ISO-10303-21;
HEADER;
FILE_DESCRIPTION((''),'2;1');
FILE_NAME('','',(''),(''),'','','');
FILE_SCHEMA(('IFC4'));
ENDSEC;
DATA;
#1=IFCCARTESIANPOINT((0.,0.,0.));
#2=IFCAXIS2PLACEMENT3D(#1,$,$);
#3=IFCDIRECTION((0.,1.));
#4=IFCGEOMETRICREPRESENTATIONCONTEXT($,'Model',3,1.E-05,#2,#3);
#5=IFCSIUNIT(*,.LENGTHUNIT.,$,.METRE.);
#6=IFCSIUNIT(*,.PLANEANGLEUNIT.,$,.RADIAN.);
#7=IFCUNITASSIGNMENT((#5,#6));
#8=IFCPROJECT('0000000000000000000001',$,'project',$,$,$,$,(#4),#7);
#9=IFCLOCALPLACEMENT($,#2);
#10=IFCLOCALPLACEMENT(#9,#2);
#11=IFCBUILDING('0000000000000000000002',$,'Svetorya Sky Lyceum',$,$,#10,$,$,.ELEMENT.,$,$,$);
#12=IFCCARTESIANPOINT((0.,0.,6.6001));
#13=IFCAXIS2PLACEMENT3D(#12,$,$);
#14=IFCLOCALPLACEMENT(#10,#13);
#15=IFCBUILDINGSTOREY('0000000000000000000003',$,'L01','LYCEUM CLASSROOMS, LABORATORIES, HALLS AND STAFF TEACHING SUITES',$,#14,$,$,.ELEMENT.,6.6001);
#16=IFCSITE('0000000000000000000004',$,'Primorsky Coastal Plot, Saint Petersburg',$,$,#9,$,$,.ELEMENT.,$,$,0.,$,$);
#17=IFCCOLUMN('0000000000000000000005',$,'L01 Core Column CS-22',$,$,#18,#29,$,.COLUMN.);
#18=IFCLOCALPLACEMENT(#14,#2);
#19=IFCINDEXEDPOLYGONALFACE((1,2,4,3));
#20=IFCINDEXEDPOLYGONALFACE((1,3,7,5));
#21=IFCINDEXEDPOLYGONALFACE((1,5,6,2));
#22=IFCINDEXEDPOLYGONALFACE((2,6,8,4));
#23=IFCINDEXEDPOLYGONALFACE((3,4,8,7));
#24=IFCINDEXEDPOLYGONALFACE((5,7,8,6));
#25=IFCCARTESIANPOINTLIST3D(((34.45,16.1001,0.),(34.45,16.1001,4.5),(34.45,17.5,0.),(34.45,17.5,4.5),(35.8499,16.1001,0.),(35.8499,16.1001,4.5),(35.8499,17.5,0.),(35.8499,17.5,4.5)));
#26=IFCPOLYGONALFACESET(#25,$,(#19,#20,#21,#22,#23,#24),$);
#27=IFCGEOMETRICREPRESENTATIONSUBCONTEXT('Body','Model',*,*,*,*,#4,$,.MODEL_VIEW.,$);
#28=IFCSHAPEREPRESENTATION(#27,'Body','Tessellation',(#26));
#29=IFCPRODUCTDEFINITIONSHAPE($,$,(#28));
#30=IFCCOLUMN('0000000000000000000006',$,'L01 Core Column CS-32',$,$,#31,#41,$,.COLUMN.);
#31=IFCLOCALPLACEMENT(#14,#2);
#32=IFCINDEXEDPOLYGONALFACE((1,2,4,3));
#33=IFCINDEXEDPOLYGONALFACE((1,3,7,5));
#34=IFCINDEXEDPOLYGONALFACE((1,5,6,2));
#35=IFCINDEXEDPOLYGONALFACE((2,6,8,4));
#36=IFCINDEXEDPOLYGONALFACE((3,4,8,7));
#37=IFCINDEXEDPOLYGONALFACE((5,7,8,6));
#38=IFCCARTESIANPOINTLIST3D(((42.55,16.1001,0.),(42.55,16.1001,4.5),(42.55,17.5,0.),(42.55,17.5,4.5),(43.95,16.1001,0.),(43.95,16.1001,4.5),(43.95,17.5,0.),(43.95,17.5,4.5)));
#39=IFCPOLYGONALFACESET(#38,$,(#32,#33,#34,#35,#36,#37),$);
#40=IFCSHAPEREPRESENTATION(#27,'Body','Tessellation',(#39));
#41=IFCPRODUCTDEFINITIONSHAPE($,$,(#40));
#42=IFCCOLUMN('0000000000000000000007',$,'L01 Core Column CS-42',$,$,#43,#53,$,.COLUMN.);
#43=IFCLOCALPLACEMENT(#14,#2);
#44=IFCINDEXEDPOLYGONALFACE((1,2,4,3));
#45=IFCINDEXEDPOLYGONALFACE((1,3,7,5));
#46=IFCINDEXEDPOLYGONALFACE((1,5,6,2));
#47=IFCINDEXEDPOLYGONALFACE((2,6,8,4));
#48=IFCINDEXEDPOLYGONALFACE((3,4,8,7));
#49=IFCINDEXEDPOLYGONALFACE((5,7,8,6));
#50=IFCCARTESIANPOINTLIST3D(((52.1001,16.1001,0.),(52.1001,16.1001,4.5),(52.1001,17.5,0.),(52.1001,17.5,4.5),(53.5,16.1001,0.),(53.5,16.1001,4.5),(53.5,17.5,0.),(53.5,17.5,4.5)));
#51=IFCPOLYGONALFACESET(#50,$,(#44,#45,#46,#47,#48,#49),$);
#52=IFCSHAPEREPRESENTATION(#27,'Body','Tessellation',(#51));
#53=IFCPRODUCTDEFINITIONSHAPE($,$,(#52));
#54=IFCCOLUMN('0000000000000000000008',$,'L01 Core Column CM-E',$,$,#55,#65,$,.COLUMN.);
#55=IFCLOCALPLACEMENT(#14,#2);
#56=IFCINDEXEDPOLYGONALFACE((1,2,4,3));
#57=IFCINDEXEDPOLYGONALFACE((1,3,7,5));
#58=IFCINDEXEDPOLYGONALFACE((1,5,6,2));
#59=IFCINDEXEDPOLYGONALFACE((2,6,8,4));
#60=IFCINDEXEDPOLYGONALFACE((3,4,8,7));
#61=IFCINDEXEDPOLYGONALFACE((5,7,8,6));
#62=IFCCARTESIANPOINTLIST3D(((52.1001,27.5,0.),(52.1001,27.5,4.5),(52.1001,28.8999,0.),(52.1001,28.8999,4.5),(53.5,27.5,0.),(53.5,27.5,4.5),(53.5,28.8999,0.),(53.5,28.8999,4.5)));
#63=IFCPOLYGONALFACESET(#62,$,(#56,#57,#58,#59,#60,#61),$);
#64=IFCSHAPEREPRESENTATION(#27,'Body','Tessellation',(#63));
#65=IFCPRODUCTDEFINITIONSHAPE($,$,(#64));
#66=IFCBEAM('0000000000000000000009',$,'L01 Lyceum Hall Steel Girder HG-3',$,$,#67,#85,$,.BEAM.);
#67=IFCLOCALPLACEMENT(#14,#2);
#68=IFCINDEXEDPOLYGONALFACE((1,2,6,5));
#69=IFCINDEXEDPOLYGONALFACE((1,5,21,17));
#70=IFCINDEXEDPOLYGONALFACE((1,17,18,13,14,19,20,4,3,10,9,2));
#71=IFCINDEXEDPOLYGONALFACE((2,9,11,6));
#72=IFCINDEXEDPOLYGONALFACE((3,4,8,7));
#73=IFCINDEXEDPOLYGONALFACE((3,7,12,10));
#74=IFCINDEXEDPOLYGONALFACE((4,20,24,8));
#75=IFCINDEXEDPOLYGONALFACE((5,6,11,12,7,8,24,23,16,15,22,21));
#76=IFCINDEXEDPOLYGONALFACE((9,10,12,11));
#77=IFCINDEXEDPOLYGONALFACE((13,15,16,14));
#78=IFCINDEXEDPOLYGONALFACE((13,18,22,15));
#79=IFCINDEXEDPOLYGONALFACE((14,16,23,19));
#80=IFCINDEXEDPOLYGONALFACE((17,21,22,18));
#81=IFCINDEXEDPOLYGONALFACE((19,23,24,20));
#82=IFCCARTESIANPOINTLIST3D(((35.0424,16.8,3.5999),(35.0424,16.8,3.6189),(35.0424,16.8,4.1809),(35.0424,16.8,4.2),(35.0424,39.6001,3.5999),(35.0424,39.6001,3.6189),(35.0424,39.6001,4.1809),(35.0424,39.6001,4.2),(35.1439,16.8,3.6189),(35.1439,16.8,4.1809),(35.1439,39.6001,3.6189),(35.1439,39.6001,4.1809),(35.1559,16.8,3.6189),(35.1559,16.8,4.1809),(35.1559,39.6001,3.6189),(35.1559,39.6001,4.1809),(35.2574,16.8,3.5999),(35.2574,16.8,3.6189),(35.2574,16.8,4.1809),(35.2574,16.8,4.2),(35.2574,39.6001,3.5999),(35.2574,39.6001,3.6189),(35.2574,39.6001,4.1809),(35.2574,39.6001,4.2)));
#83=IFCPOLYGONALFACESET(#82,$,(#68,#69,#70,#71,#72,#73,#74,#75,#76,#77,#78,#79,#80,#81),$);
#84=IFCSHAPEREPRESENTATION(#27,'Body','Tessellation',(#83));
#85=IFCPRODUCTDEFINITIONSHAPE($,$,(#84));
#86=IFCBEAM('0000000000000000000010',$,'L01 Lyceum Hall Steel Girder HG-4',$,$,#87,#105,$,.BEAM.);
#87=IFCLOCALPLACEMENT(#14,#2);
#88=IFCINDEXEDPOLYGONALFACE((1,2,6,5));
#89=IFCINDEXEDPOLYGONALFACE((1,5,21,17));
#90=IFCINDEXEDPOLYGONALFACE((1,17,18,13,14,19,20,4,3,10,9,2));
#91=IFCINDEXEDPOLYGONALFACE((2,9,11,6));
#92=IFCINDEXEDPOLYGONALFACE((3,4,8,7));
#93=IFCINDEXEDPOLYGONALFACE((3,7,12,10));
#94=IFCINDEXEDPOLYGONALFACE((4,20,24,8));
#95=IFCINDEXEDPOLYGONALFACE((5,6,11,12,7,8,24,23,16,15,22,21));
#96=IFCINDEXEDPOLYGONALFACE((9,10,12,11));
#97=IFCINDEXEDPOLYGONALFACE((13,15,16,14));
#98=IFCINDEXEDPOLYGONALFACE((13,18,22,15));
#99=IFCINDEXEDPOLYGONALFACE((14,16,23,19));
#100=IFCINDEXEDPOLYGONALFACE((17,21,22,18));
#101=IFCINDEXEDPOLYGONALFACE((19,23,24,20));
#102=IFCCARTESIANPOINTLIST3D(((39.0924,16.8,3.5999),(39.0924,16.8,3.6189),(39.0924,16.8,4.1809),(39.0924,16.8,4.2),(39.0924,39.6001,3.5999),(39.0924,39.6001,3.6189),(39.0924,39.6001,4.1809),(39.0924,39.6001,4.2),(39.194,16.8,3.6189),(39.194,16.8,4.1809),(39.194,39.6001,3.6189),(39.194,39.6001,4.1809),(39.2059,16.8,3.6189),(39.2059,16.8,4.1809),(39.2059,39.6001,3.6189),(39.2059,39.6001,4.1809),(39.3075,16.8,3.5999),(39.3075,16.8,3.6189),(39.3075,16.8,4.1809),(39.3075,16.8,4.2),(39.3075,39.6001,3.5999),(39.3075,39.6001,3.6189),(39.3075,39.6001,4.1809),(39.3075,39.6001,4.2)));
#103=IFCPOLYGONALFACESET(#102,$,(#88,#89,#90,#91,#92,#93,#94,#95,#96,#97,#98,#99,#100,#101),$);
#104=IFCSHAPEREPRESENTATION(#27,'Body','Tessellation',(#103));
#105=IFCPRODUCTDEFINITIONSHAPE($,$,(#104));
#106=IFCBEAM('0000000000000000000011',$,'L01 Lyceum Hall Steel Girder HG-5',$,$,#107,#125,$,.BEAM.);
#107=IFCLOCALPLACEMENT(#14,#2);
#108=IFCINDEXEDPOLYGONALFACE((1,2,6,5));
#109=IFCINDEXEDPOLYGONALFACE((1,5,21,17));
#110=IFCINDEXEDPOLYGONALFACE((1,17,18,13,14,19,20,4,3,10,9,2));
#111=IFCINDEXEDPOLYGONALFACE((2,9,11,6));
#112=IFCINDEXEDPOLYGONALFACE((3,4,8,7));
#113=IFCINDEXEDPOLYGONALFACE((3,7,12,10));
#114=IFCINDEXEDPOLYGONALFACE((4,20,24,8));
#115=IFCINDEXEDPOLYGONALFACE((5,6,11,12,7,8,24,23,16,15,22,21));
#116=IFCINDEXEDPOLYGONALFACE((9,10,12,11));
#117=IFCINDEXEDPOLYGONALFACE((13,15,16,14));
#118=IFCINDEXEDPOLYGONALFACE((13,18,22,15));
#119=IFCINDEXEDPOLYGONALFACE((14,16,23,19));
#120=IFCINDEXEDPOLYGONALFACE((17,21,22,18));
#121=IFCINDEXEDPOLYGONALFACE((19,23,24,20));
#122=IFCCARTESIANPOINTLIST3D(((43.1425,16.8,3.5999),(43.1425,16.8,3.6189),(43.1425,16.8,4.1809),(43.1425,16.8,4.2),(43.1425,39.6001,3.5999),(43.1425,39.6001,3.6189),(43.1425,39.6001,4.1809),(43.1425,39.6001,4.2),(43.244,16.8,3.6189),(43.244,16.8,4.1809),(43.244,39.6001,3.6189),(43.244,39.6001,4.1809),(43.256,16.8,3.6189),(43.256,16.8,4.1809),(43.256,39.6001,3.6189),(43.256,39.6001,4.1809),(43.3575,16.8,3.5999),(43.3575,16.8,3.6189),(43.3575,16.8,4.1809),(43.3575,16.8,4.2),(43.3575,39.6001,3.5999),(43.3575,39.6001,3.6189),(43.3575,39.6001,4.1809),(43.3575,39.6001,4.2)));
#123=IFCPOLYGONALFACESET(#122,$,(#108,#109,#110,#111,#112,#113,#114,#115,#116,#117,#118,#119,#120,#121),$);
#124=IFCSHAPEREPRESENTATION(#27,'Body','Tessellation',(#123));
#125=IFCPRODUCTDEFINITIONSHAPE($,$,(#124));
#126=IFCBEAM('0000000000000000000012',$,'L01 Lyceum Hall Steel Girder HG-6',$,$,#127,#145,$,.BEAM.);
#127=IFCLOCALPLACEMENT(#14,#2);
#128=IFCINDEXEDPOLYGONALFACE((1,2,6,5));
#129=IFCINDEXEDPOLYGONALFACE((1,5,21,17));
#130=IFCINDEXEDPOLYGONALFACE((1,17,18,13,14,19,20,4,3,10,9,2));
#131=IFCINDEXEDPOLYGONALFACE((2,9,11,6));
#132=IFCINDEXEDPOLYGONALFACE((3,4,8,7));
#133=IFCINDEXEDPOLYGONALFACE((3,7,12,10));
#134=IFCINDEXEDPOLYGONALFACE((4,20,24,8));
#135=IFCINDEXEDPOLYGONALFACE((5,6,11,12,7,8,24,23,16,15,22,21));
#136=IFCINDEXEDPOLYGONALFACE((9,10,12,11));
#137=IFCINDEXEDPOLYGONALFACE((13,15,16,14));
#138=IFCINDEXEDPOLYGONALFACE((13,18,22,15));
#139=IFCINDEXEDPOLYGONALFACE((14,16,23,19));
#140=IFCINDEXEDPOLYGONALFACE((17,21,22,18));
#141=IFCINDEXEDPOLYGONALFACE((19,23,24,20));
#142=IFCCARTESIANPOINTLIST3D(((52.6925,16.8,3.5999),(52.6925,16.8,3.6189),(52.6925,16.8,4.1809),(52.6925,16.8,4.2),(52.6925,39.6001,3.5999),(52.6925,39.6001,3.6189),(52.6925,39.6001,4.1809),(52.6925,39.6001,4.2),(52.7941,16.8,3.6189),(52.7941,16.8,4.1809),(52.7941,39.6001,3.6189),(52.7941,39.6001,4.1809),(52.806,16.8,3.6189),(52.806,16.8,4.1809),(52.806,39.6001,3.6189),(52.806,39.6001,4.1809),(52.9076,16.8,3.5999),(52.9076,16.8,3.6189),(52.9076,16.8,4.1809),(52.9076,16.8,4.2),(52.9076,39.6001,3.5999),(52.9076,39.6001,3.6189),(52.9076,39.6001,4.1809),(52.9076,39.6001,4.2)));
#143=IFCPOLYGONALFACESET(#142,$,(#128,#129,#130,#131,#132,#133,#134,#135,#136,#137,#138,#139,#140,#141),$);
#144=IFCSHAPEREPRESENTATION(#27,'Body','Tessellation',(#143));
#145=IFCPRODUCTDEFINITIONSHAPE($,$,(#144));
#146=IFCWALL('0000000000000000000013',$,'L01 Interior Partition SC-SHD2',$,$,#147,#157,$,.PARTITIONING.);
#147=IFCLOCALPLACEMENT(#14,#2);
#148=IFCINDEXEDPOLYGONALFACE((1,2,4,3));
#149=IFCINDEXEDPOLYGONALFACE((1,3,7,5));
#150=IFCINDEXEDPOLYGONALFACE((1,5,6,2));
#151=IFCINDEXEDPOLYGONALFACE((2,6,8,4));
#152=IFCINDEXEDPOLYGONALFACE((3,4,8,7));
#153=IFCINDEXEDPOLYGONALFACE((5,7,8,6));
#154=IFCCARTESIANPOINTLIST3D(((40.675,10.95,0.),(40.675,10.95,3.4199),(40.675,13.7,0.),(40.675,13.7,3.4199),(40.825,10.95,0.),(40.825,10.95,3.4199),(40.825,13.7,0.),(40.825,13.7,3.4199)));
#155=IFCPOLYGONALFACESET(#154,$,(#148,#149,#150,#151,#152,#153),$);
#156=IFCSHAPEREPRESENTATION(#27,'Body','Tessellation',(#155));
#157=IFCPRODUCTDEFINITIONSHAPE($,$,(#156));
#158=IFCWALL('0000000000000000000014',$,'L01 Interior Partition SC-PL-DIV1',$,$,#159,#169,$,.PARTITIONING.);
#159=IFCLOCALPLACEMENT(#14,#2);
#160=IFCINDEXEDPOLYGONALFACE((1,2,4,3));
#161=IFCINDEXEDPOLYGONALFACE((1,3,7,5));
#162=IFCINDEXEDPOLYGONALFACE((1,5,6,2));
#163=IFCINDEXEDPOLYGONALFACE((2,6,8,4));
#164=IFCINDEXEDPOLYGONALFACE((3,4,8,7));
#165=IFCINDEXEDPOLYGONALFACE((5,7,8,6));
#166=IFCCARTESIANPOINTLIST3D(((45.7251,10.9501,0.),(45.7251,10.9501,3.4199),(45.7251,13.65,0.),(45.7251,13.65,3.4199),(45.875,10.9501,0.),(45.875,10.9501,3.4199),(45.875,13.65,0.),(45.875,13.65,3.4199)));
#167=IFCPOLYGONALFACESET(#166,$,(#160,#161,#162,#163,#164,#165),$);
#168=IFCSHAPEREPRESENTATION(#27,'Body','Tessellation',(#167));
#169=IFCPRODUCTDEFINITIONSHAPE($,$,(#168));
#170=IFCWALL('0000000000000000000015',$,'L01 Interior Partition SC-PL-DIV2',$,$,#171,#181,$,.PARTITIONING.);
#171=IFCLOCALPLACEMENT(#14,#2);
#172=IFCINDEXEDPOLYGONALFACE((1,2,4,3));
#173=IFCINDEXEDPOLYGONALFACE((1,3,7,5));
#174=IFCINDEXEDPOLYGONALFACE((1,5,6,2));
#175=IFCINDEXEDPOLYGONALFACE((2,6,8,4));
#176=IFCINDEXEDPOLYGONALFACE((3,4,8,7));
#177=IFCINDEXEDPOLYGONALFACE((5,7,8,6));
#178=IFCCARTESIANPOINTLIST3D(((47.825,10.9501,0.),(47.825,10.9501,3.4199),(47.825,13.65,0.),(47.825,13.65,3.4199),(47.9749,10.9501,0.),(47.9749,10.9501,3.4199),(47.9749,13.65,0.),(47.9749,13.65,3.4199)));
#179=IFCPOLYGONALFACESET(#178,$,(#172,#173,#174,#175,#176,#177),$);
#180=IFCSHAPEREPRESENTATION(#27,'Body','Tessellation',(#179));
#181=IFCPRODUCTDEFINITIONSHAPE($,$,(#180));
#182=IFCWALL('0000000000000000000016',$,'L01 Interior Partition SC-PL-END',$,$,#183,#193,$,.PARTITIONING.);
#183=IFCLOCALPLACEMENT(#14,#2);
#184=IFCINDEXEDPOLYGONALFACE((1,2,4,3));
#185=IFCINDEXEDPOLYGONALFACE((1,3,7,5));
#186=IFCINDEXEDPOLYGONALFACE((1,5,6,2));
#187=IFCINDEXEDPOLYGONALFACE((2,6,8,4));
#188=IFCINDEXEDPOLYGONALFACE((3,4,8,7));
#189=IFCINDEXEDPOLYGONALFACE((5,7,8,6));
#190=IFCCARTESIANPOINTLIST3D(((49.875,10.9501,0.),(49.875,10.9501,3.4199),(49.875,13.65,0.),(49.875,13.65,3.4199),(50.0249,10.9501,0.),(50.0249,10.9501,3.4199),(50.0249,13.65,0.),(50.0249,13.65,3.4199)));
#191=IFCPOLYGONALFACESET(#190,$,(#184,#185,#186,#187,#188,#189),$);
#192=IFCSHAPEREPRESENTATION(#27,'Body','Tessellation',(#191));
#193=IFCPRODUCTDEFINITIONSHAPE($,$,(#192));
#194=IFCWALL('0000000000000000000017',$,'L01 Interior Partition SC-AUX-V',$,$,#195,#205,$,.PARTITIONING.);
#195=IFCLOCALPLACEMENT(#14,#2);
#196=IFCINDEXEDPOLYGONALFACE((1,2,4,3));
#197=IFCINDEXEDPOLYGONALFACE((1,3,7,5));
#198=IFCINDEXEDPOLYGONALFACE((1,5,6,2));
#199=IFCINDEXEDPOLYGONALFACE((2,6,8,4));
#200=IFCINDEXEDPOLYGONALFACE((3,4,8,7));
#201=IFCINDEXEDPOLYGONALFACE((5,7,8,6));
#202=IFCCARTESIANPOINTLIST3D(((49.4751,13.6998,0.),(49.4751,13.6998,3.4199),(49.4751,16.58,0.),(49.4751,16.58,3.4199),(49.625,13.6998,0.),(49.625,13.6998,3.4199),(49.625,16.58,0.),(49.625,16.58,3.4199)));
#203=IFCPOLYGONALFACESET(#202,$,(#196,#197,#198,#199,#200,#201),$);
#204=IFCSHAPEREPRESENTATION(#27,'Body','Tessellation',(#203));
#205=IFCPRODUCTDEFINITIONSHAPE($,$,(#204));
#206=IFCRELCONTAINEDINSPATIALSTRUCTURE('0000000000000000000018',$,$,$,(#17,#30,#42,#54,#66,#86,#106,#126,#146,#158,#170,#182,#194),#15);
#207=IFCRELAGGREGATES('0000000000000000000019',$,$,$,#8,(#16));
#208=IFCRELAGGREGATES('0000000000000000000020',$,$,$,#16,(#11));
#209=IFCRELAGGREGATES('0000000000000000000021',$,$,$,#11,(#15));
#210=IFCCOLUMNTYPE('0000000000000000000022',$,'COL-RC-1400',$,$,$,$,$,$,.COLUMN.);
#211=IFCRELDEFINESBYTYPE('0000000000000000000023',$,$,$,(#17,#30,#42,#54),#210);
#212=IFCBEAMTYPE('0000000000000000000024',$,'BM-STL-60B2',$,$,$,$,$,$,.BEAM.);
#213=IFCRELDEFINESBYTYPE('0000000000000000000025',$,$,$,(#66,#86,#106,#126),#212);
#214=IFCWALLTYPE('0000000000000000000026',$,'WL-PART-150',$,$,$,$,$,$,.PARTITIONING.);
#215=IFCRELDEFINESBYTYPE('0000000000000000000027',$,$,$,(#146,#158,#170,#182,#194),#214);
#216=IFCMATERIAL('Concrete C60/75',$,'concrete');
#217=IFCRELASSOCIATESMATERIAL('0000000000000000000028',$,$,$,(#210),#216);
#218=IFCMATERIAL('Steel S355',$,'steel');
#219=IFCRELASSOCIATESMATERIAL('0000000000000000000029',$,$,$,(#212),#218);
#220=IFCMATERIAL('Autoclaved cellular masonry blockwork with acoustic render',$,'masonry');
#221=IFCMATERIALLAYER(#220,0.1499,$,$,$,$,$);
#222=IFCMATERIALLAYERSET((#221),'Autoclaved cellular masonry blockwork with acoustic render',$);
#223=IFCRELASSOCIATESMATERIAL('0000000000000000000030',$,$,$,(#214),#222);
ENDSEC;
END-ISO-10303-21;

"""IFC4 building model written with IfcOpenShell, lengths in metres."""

from ifc_helpers import new_model, si_unit, direction, frame, frame_2d, origin, origin_2d, place, context, subcontext, project, spatial, rectangle, i_section, extrude, material, layer, layer_set, material_profile, profile_set, type_object, element, save


model = new_model("IFC4")

# Units and contexts
model_context = context("Model", 3, precision=1e-05, world=origin(), true_north=direction((0.0, 1.0)))
body_context = subcontext(model_context, "Body", "Model", "MODEL_VIEW")
ifc_project = project(units=[si_unit("LENGTHUNIT", "METRE"), si_unit("PLANEANGLEUNIT", "RADIAN")], contexts=[model_context])

# Site, building, storey
site_placement = place(None, origin())
site = spatial("IfcSite", under=ifc_project, at=site_placement, Name="Primorsky Coastal Plot, Saint Petersburg", CompositionType="ELEMENT", RefElevation=0.0)
building_placement = place(site_placement, origin())
building = spatial("IfcBuilding", under=site, at=building_placement, Name="Svetorya Sky Lyceum", CompositionType="ELEMENT")
storey_placement = place(building_placement, frame((0.0, 0.0, 6.6001)))
storey = spatial("IfcBuildingStorey", under=building, at=storey_placement, Name="L01", Description="LYCEUM CLASSROOMS, LABORATORIES, HALLS AND STAFF TEACHING SUITES", CompositionType="ELEMENT", Elevation=6.6001)

# Columns
ifc_material_1 = material(Name="Concrete C60/75", Category="concrete")
ifc_material_profile_1 = material_profile(ifc_material_1, rectangle(XDim=1.3999, YDim=1.3999, at=origin_2d()), Name="RC COL 1400x1400")
ifc_profile_set_1 = profile_set([ifc_material_profile_1], Name="Concrete C60/75")
column_type = type_object("IfcColumnType", Name="COL-RC-1400", PredefinedType="COLUMN", material=ifc_profile_set_1)
for number, where, z_axis, x_axis, name in (
    (1, (35.1499, 16.8, 0.0), (0.0, 0.0, 1.0), (1.0, 0.0, 0.0), "L01 Core Column CS-22"),
    (2, (43.25, 16.8, 0.0), (0.0, 0.0, 1.0), (1.0, 0.0, 0.0), "L01 Core Column CS-32"),
    (3, (52.8, 16.8, 0.0), (0.0, 0.0, 1.0), (1.0, 0.0, 0.0), "L01 Core Column CS-42"),
    (4, (52.8, 28.2, 0.0), (0.0, 0.0, 1.0), (1.0, 0.0, 0.0), "L01 Core Column CM-E"),
):
    element("IfcColumn", number, at=place(storey_placement, frame(where, z_axis=z_axis, x_axis=x_axis)), inside=storey, type_object=column_type, Name=name, PredefinedType="COLUMN", context=body_context, shape_type="SweptSolid", body=[
        extrude(rectangle(XDim=1.3999, YDim=1.3999, at=origin_2d()), origin(), (0.0, 0.0, 1.0), 4.5),
    ])

# Beams
ifc_material_2 = material(Name="Steel S355", Category="steel")
ifc_material_profile_2 = material_profile(ifc_material_2, i_section(OverallWidth=0.2151, OverallDepth=0.6001, WebThickness=0.012, FlangeThickness=0.019, at=origin_2d()), Name="GOST 60B2")
ifc_profile_set_2 = profile_set([ifc_material_profile_2], Name="Steel S355")
beam_type = type_object("IfcBeamType", Name="BM-STL-60B2", PredefinedType="BEAM", material=ifc_profile_set_2)
for number, where, z_axis, x_axis, name in (
    (5, (35.1499, 16.8, 3.8999), (0.0, 1.0, 0.0), (-1.0, 0.0, 0.0), "L01 Lyceum Hall Steel Girder HG-3"),
    (6, (39.2, 16.8, 3.8999), (0.0, 1.0, 0.0), (-1.0, 0.0, 0.0), "L01 Lyceum Hall Steel Girder HG-4"),
    (7, (43.25, 16.8, 3.8999), (0.0, 1.0, 0.0), (-1.0, 0.0, 0.0), "L01 Lyceum Hall Steel Girder HG-5"),
    (8, (52.8, 16.8, 3.8999), (0.0, 1.0, 0.0), (-1.0, 0.0, 0.0), "L01 Lyceum Hall Steel Girder HG-6"),
):
    element("IfcBeam", number, at=place(storey_placement, frame(where, z_axis=z_axis, x_axis=x_axis)), inside=storey, type_object=beam_type, Name=name, PredefinedType="BEAM", context=body_context, shape_type="SweptSolid", body=[
        extrude(i_section(OverallWidth=0.2151, OverallDepth=0.6001, WebThickness=0.012, FlangeThickness=0.019, at=origin_2d()), origin(), (0.0, 0.0, 1.0), 22.8),
    ])

# Walls
ifc_material_3 = material(Name="Autoclaved cellular masonry blockwork with acoustic render", Category="masonry")
ifc_layer_1 = layer(ifc_material_3, 0.1499)
ifc_layer_set_1 = layer_set([ifc_layer_1], Name="Autoclaved cellular masonry blockwork with acoustic render")
wall_type_1 = type_object("IfcWallType", Name="WL-PART-150", PredefinedType="PARTITIONING", material=ifc_layer_set_1)
wall_1_placement = place(storey_placement, frame((40.75, 10.95, 0.0), z_axis=(0.0, 0.0, 1.0), x_axis=(0.0, 1.0, 0.0)))
element("IfcWall", 9, at=wall_1_placement, inside=storey, type_object=wall_type_1, Name="L01 Interior Partition SC-SHD2", PredefinedType="PARTITIONING", context=body_context, shape_type="SweptSolid", body=[
    extrude(rectangle(XDim=2.75, YDim=0.1499, at=frame_2d((1.375, 0.0))), origin(), (0.0, 0.0, 1.0), 3.4199),
])
for number, where, z_axis, x_axis, name in (
    (10, (45.8, 10.95, 0.0), (0.0, 0.0, 1.0), (0.0, 1.0, 0.0), "L01 Interior Partition SC-PL-DIV1"),
    (11, (47.8999, 10.95, 0.0), (0.0, 0.0, 1.0), (0.0, 1.0, 0.0), "L01 Interior Partition SC-PL-DIV2"),
    (12, (49.95, 10.95, 0.0), (0.0, 0.0, 1.0), (0.0, 1.0, 0.0), "L01 Interior Partition SC-PL-END"),
):
    element("IfcWall", number, at=place(storey_placement, frame(where, z_axis=z_axis, x_axis=x_axis)), inside=storey, type_object=wall_type_1, Name=name, PredefinedType="PARTITIONING", context=body_context, shape_type="SweptSolid", body=[
        extrude(rectangle(XDim=2.7, YDim=0.1499, at=frame_2d((1.3501, 0.0))), origin(), (0.0, 0.0, 1.0), 3.4199),
    ])
wall_2_placement = place(storey_placement, frame((49.55, 13.7, 0.0), z_axis=(0.0, 0.0, 1.0), x_axis=(0.0, 1.0, 0.0)))
element("IfcWall", 13, at=wall_2_placement, inside=storey, type_object=wall_type_1, Name="L01 Interior Partition SC-AUX-V", PredefinedType="PARTITIONING", context=body_context, shape_type="SweptSolid", body=[
    extrude(rectangle(XDim=2.8801, YDim=0.1499, at=frame_2d((1.4399, 0.0))), origin(), (0.0, 0.0, 1.0), 3.4199),
])

save(model, "model.ifc")
